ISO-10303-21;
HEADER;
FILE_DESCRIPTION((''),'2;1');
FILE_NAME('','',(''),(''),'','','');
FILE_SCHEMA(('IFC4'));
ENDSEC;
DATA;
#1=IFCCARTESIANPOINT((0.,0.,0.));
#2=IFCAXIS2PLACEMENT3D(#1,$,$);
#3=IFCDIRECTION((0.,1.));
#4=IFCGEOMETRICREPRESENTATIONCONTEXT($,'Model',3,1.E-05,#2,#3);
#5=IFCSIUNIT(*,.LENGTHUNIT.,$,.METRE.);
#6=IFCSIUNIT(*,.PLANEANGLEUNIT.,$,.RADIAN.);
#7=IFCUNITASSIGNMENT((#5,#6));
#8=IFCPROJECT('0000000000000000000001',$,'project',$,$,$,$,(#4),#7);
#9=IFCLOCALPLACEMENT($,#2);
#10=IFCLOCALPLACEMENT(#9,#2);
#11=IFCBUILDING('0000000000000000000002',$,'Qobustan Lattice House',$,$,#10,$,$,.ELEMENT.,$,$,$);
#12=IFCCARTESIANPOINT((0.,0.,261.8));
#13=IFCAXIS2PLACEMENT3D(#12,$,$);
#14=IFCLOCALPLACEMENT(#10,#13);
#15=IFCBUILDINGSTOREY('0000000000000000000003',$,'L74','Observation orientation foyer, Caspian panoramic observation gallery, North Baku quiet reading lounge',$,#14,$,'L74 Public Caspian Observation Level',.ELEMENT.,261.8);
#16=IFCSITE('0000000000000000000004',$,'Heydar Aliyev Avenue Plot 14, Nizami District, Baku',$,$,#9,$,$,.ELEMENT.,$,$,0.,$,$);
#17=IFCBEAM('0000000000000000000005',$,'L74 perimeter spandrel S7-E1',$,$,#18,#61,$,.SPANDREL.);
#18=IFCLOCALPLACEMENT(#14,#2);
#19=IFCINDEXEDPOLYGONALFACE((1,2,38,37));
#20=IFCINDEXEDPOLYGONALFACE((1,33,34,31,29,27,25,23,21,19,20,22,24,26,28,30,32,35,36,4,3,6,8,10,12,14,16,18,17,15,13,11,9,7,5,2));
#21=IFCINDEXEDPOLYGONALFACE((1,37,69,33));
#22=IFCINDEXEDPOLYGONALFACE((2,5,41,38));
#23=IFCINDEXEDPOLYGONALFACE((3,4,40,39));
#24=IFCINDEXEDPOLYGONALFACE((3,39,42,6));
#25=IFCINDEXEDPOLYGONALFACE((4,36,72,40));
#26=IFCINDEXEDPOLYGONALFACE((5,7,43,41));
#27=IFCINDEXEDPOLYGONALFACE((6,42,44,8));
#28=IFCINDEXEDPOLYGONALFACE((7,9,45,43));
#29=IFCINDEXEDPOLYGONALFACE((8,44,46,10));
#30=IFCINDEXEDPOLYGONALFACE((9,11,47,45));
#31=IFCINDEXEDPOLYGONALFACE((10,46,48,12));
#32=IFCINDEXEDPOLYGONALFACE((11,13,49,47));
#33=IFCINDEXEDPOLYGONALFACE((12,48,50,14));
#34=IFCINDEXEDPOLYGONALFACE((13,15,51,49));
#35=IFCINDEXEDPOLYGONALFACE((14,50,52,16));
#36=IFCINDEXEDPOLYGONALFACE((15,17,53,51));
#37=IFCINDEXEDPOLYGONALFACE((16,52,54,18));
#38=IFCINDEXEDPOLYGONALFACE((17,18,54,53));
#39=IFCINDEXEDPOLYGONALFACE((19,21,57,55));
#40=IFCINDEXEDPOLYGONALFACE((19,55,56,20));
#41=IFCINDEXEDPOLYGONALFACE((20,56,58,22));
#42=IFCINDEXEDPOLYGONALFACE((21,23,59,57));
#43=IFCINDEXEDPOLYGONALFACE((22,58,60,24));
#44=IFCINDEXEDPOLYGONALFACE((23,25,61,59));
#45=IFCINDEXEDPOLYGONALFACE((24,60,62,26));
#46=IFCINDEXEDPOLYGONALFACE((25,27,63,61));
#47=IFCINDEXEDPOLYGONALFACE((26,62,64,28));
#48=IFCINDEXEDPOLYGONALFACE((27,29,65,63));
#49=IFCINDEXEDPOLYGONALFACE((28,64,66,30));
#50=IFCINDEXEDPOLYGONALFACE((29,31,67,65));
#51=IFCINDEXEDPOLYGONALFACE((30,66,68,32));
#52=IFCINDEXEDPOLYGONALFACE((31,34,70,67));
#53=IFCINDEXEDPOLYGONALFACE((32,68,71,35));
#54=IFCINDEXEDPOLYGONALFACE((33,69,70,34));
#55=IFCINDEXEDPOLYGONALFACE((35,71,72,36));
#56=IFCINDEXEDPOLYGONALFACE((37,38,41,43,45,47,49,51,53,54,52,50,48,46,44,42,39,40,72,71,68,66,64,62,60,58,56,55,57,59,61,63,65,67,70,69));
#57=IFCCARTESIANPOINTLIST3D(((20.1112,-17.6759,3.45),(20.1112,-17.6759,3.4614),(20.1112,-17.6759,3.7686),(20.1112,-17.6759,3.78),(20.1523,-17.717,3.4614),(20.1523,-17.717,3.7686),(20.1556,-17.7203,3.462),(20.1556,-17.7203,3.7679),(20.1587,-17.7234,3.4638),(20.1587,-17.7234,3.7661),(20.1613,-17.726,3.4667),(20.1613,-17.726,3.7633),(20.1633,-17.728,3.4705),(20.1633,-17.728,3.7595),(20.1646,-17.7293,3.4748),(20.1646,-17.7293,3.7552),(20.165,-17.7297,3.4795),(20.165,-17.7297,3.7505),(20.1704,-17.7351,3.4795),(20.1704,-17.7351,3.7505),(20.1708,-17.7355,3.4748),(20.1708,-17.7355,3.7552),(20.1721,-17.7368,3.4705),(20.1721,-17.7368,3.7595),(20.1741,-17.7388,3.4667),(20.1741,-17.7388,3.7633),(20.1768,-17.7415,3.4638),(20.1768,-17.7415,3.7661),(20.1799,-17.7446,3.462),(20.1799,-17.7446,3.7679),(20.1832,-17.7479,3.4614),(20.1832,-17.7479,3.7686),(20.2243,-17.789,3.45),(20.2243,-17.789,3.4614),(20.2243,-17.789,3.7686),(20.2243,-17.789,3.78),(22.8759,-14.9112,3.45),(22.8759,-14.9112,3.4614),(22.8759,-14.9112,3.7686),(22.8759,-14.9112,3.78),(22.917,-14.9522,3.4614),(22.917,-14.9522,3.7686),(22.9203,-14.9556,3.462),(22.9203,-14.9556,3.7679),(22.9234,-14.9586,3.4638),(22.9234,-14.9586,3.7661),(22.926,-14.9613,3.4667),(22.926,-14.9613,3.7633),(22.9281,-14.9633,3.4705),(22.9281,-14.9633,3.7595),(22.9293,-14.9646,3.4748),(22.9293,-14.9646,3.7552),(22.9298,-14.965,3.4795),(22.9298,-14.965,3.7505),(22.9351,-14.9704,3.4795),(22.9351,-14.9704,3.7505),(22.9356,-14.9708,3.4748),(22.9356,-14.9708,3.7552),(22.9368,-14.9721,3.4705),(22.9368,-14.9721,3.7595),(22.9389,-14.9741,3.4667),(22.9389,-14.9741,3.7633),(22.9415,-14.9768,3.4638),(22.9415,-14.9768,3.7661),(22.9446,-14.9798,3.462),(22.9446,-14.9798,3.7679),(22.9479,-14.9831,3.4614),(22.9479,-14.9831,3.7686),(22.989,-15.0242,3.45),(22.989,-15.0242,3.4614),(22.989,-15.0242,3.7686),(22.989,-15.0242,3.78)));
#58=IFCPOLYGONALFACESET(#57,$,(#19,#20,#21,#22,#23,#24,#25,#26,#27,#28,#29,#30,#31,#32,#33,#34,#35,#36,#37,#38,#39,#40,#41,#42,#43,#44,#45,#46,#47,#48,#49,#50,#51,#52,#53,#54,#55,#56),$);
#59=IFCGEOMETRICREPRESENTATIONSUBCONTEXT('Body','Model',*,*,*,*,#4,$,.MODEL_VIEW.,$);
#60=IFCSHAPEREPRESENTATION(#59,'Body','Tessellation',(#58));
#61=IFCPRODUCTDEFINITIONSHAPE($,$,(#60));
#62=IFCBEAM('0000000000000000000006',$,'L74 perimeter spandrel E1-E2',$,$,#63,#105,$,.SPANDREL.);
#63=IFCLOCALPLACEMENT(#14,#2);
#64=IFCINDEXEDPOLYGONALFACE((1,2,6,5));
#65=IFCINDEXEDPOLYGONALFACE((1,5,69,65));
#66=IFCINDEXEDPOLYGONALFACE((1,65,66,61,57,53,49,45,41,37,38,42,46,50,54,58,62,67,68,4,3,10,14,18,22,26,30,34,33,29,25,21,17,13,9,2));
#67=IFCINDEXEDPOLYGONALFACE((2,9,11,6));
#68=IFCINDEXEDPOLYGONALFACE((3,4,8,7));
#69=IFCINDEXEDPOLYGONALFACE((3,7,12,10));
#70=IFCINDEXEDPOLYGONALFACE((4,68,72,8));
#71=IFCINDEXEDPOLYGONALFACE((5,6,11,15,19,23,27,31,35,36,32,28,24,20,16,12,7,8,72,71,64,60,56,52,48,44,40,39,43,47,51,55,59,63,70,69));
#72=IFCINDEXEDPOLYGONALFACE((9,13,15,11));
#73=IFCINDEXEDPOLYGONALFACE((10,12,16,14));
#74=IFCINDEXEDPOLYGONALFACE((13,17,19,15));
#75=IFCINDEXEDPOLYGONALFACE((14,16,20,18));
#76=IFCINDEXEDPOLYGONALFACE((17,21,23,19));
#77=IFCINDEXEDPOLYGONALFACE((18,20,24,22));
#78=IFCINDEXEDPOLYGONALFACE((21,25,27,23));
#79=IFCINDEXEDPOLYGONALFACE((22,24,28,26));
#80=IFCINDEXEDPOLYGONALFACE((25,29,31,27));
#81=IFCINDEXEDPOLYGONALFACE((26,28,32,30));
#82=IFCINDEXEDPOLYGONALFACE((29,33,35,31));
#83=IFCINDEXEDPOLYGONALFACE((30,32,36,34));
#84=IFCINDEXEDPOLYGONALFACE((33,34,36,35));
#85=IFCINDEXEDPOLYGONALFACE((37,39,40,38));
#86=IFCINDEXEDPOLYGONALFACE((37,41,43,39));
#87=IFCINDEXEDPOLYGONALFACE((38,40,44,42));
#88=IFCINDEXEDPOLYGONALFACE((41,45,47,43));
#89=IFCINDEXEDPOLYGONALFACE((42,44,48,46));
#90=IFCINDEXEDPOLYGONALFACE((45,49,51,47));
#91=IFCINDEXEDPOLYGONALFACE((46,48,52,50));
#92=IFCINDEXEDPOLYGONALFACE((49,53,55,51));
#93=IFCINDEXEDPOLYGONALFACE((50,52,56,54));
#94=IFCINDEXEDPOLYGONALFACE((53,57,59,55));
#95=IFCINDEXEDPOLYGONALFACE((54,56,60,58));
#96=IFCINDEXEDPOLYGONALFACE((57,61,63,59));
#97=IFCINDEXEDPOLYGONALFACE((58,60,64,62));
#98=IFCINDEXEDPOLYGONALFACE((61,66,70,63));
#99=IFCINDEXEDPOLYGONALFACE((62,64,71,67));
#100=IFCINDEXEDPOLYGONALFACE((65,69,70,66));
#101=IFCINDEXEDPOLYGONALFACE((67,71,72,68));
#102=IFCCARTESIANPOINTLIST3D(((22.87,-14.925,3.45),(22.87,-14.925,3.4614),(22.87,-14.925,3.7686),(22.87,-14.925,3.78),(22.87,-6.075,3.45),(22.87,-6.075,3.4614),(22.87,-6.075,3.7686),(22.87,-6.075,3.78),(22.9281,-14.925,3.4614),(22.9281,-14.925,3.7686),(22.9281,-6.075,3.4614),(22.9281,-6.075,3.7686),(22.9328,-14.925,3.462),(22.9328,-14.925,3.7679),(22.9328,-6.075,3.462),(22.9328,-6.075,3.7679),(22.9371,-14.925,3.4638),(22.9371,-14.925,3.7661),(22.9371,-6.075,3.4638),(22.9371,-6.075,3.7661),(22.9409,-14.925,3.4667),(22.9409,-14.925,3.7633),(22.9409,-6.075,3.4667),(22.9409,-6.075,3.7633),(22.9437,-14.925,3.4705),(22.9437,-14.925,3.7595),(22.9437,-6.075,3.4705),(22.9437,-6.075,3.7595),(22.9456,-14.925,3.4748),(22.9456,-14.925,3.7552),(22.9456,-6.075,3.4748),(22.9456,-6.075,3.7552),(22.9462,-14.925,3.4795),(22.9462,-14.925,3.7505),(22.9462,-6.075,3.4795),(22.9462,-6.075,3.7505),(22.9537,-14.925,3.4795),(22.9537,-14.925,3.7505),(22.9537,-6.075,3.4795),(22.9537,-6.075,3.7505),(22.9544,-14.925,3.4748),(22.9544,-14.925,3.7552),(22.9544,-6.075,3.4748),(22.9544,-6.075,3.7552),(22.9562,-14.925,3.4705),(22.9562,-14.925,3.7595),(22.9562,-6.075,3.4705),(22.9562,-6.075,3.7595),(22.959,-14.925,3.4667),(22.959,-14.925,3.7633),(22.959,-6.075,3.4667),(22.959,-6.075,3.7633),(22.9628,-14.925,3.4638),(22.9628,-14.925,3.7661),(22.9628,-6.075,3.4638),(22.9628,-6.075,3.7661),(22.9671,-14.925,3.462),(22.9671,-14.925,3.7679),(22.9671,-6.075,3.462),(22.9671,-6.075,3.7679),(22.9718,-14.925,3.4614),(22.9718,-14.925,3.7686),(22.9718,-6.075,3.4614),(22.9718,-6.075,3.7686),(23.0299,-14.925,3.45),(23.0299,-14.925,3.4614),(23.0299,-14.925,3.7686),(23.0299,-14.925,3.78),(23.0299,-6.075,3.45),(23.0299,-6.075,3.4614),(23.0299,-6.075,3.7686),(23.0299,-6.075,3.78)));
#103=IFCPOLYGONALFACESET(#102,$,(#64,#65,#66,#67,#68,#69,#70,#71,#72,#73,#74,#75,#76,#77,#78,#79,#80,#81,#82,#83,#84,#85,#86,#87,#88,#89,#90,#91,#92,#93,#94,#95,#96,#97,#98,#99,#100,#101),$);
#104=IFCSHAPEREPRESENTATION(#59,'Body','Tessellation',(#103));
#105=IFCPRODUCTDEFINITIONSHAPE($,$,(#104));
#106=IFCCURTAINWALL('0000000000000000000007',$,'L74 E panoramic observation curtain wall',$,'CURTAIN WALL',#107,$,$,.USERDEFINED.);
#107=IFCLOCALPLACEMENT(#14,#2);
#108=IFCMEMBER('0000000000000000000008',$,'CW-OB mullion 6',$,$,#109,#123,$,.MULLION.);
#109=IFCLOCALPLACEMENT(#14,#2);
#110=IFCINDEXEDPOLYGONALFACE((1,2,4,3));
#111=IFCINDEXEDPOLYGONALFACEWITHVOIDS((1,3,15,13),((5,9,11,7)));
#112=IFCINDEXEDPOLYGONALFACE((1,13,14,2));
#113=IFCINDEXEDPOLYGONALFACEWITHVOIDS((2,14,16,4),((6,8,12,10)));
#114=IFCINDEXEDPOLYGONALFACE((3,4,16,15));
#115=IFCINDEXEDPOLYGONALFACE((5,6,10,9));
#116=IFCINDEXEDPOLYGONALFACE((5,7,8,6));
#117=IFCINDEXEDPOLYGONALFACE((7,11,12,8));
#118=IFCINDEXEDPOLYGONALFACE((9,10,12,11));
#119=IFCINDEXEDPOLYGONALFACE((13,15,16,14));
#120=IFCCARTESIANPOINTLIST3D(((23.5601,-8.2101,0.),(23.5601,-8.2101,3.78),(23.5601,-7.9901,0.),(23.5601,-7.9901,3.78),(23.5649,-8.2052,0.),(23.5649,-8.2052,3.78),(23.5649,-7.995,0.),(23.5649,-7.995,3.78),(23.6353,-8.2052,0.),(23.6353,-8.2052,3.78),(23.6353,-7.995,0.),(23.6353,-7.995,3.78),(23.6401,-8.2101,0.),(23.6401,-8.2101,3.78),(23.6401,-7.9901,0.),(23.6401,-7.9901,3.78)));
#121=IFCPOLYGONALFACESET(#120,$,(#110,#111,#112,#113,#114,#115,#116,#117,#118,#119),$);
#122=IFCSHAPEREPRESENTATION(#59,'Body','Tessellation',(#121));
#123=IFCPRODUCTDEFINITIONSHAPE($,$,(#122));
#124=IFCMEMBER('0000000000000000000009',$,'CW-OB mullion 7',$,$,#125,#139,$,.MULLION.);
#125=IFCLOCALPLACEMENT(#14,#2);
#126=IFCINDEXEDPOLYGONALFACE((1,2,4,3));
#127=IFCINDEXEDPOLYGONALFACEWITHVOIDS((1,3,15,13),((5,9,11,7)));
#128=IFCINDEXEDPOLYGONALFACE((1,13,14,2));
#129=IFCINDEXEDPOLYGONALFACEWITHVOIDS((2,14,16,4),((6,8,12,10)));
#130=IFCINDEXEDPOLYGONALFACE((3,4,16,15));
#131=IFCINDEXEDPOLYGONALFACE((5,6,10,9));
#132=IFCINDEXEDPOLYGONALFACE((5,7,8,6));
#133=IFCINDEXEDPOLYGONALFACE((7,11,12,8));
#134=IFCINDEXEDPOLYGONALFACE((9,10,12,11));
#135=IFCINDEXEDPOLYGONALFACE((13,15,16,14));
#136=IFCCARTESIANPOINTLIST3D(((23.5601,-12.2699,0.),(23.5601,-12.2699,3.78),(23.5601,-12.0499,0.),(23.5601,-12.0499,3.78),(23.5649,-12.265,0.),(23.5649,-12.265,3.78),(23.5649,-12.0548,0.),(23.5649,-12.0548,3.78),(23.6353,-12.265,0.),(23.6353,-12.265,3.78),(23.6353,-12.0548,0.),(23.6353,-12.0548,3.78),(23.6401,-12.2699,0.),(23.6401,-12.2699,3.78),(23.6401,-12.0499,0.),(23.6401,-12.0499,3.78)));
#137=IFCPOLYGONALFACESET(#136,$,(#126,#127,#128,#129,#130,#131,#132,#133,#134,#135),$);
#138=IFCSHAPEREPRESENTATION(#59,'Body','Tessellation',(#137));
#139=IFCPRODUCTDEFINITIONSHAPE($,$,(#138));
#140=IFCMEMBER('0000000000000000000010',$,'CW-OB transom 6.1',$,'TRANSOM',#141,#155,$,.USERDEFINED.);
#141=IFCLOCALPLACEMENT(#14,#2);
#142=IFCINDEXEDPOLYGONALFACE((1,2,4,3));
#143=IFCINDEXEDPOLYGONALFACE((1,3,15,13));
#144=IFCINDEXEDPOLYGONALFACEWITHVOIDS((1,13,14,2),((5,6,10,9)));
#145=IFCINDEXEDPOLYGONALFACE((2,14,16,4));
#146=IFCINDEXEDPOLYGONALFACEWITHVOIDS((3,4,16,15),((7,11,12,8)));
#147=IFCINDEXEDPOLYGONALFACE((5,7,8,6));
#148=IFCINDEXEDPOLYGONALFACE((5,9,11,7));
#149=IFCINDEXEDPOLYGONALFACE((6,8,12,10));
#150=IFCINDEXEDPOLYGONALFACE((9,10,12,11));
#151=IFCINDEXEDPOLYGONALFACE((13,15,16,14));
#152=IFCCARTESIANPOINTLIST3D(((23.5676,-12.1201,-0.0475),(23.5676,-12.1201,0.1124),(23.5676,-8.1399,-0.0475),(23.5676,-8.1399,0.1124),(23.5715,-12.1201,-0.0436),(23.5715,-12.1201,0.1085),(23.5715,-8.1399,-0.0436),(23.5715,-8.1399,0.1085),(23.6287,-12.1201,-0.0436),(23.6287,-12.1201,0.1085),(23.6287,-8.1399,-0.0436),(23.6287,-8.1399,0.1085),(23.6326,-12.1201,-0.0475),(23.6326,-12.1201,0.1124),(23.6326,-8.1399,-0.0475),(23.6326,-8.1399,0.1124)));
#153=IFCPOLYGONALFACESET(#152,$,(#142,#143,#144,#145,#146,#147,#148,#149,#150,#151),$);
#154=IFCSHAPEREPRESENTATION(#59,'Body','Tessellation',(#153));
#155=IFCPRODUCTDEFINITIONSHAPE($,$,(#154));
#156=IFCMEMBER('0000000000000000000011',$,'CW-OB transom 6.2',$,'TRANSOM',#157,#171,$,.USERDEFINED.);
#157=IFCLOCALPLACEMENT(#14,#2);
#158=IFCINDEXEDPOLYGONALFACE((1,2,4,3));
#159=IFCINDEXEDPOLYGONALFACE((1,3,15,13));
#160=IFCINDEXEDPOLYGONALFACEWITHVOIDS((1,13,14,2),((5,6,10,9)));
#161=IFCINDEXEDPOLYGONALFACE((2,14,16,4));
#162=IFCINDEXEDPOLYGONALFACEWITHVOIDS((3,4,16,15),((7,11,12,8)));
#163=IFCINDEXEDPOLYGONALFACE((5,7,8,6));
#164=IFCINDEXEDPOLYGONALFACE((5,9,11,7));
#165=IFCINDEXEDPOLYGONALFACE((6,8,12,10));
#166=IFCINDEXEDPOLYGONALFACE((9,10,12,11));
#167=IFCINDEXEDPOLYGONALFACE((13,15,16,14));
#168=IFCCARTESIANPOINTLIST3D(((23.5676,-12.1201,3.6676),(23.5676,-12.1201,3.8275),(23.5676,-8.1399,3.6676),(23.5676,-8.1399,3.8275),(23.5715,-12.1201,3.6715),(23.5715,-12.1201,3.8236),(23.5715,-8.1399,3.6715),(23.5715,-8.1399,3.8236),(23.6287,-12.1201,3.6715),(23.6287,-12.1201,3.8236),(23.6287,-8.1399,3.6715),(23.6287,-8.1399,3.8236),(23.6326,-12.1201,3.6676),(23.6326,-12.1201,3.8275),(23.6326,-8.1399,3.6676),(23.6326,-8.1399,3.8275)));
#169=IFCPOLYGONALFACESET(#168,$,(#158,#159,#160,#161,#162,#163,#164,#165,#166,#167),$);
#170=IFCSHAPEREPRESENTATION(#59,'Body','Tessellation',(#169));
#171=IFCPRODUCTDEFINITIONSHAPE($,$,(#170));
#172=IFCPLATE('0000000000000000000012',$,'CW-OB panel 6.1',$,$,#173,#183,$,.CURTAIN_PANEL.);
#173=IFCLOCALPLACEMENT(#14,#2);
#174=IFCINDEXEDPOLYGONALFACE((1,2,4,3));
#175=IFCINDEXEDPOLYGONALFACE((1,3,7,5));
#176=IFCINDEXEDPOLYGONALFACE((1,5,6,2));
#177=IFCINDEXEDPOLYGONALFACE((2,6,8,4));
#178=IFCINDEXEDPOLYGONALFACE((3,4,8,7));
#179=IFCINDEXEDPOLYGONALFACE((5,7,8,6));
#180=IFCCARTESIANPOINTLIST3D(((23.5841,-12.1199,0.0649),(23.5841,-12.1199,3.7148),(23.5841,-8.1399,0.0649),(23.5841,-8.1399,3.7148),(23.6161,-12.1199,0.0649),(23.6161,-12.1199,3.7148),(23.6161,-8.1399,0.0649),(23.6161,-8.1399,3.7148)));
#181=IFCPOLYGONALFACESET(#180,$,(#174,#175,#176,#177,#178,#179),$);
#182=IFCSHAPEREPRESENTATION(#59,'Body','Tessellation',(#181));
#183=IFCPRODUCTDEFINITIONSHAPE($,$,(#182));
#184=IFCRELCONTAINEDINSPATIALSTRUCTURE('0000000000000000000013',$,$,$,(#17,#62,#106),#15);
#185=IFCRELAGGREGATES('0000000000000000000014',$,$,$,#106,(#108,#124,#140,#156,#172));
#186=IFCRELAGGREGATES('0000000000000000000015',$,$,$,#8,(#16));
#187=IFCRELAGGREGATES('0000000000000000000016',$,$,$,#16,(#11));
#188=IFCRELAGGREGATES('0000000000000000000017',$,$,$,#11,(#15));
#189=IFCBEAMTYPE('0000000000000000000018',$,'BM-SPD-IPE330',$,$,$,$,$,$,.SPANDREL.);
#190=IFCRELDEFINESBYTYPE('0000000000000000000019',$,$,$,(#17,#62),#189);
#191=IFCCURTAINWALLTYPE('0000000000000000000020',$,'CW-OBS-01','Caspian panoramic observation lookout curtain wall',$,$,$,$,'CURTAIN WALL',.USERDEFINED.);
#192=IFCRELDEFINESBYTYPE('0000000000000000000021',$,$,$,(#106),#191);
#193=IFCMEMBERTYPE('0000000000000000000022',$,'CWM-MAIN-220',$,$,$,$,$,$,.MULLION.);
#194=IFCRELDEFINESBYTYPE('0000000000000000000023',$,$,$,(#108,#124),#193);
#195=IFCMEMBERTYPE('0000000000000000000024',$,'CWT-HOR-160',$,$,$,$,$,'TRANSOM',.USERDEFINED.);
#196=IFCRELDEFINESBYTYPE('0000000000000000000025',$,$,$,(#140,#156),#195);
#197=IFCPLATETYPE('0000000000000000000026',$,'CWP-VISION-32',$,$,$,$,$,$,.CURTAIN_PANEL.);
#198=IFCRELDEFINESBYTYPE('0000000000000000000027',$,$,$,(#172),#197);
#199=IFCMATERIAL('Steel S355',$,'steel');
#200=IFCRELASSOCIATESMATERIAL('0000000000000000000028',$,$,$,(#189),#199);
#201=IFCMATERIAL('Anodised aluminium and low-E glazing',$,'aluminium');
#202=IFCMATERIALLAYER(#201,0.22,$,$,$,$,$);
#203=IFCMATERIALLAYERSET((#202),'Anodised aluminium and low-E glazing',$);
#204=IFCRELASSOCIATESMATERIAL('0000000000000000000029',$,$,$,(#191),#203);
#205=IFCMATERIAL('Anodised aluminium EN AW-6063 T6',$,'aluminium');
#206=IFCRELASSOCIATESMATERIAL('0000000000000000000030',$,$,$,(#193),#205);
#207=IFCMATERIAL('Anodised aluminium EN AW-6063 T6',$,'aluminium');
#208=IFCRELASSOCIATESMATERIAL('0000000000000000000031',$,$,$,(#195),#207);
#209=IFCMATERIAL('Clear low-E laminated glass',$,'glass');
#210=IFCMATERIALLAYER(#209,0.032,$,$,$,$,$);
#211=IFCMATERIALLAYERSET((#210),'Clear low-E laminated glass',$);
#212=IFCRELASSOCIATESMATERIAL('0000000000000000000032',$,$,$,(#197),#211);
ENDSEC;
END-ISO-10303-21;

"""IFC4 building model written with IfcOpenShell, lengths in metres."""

from ifc_helpers import new_model, si_unit, direction, frame, origin, origin_2d, place, context, subcontext, project, spatial, rectangle, hollow_rectangle, i_section, extrude, material, layer, layer_set, material_profile, profile_set, type_object, element, aggregate, save


model = new_model("IFC4")

# Units and contexts
model_context = context("Model", 3, precision=1e-05, world=origin(), true_north=direction((0.0, 1.0)))
body_context = subcontext(model_context, "Body", "Model", "MODEL_VIEW")
ifc_project = project(units=[si_unit("LENGTHUNIT", "METRE"), si_unit("PLANEANGLEUNIT", "RADIAN")], contexts=[model_context])

# Site, building, storey
site_placement = place(None, origin())
site = spatial("IfcSite", under=ifc_project, at=site_placement, Name="Heydar Aliyev Avenue Plot 14, Nizami District, Baku", CompositionType="ELEMENT", RefElevation=0.0)
building_placement = place(site_placement, origin())
building = spatial("IfcBuilding", under=site, at=building_placement, Name="Qobustan Lattice House", CompositionType="ELEMENT")
storey_placement = place(building_placement, frame((0.0, 0.0, 261.8)))
storey = spatial("IfcBuildingStorey", under=building, at=storey_placement, Name="L74", Description="Observation orientation foyer, Caspian panoramic observation gallery, North Baku quiet reading lounge", LongName="L74 Public Caspian Observation Level", CompositionType="ELEMENT", Elevation=261.8)

# Beams
ifc_material_1 = material(Name="Steel S355", Category="steel")
ifc_material_profile_1 = material_profile(ifc_material_1, i_section(OverallWidth=0.1599, OverallDepth=0.3301, WebThickness=0.0076, FlangeThickness=0.0115, FilletRadius=0.0181, at=origin_2d()), Name="IPE330")
ifc_profile_set_1 = profile_set([ifc_material_profile_1], Name="Steel S355")
beam_type_1 = type_object("IfcBeamType", Name="BM-SPD-IPE330", PredefinedType="SPANDREL", material=ifc_profile_set_1)
beam_1_placement = place(storey_placement, frame((20.1677, -17.7324, 3.615), z_axis=(0.707107, 0.707107, 0.0), x_axis=(-0.707107, 0.707107, 0.0)))
element("IfcBeam", 1, at=beam_1_placement, inside=storey, type_object=beam_type_1, Name="L74 perimeter spandrel S7-E1", PredefinedType="SPANDREL", context=body_context, shape_type="SweptSolid", body=[
    extrude(i_section(OverallWidth=0.1599, OverallDepth=0.3301, WebThickness=0.0076, FlangeThickness=0.0115, FilletRadius=0.0181, at=origin_2d()), origin(), (0.0, 0.0, 1.0), 3.9099),
])
beam_2_placement = place(storey_placement, frame((22.95, -14.925, 3.615), z_axis=(0.0, 1.0, 0.0), x_axis=(-1.0, 0.0, 0.0)))
element("IfcBeam", 2, at=beam_2_placement, inside=storey, type_object=beam_type_1, Name="L74 perimeter spandrel E1-E2", PredefinedType="SPANDREL", context=body_context, shape_type="SweptSolid", body=[
    extrude(i_section(OverallWidth=0.1599, OverallDepth=0.3301, WebThickness=0.0076, FlangeThickness=0.0115, FilletRadius=0.0181, at=origin_2d()), origin(), (0.0, 0.0, 1.0), 8.8501),
])

# Curtain wall, members, plate
ifc_material_2 = material(Name="Anodised aluminium and low-E glazing", Category="aluminium")
ifc_layer_1 = layer(ifc_material_2, 0.22)
ifc_layer_set_1 = layer_set([ifc_layer_1], Name="Anodised aluminium and low-E glazing")
curtain_wall_type = type_object("IfcCurtainWallType", Name="CW-OBS-01", Description="Caspian panoramic observation lookout curtain wall", ElementType="CURTAIN WALL", PredefinedType="USERDEFINED", material=ifc_layer_set_1)
curtain_wall_placement = place(storey_placement, origin())
curtain_wall = element("IfcCurtainWall", 3, at=curtain_wall_placement, inside=storey, type_object=curtain_wall_type, Name="L74 E panoramic observation curtain wall", ObjectType="CURTAIN WALL", PredefinedType="USERDEFINED")
ifc_material_3 = material(Name="Anodised aluminium EN AW-6063 T6", Category="aluminium")
ifc_material_profile_2 = material_profile(ifc_material_3, hollow_rectangle(XDim=0.0801, YDim=0.22, WallThickness=0.0049, at=origin_2d()), Name="CWM-220x80")
ifc_profile_set_2 = profile_set([ifc_material_profile_2], Name="Anodised aluminium EN AW-6063 T6")
member_type_1 = type_object("IfcMemberType", Name="CWM-MAIN-220", PredefinedType="MULLION", material=ifc_profile_set_2)
member_1_placement = place(storey_placement, frame((23.6001, -8.1001, 0.0), z_axis=(0.0, 0.0, 1.0), x_axis=(1.0, 0.0, 0.0)))
member_1 = element("IfcMember", 4, at=member_1_placement, type_object=member_type_1, Name="CW-OB mullion 6", PredefinedType="MULLION", context=body_context, shape_type="SweptSolid", body=[
    extrude(hollow_rectangle(XDim=0.0801, YDim=0.22, WallThickness=0.0049, at=origin_2d()), origin(), (0.0, 0.0, 1.0), 3.78),
])
member_2_placement = place(storey_placement, frame((23.6001, -12.1599, 0.0), z_axis=(0.0, 0.0, 1.0), x_axis=(1.0, 0.0, 0.0)))
member_2 = element("IfcMember", 5, at=member_2_placement, type_object=member_type_1, Name="CW-OB mullion 7", PredefinedType="MULLION", context=body_context, shape_type="SweptSolid", body=[
    extrude(hollow_rectangle(XDim=0.0801, YDim=0.22, WallThickness=0.0049, at=origin_2d()), origin(), (0.0, 0.0, 1.0), 3.78),
])
ifc_material_4 = material(Name="Anodised aluminium EN AW-6063 T6", Category="aluminium")
ifc_material_profile_3 = material_profile(ifc_material_4, hollow_rectangle(XDim=0.0649, YDim=0.1599, WallThickness=0.0039, at=origin_2d()), Name="CWT-160x65")
ifc_profile_set_3 = profile_set([ifc_material_profile_3], Name="Anodised aluminium EN AW-6063 T6")
member_type_2 = type_object("IfcMemberType", Name="CWT-HOR-160", ElementType="TRANSOM", PredefinedType="USERDEFINED", material=ifc_profile_set_3)
member_3_placement = place(storey_placement, frame((23.6001, -8.1399, 0.0325), z_axis=(0.0, -1.0, 0.0), x_axis=(1.0, 0.0, 0.0)))
member_3 = element("IfcMember", 6, at=member_3_placement, type_object=member_type_2, Name="CW-OB transom 6.1", ObjectType="TRANSOM", PredefinedType="USERDEFINED", context=body_context, shape_type="SweptSolid", body=[
    extrude(hollow_rectangle(XDim=0.0649, YDim=0.1599, WallThickness=0.0039, at=origin_2d()), origin(), (0.0, 0.0, 1.0), 3.9802),
])
member_4_placement = place(storey_placement, frame((23.6001, -8.1399, 3.7476), z_axis=(0.0, -1.0, 0.0), x_axis=(1.0, 0.0, 0.0)))
member_4 = element("IfcMember", 7, at=member_4_placement, type_object=member_type_2, Name="CW-OB transom 6.2", ObjectType="TRANSOM", PredefinedType="USERDEFINED", context=body_context, shape_type="SweptSolid", body=[
    extrude(hollow_rectangle(XDim=0.0649, YDim=0.1599, WallThickness=0.0039, at=origin_2d()), origin(), (0.0, 0.0, 1.0), 3.9802),
])
ifc_material_5 = material(Name="Clear low-E laminated glass", Category="glass")
ifc_layer_2 = layer(ifc_material_5, 0.032)
ifc_layer_set_2 = layer_set([ifc_layer_2], Name="Clear low-E laminated glass")
plate_type = type_object("IfcPlateType", Name="CWP-VISION-32", PredefinedType="CURTAIN_PANEL", material=ifc_layer_set_2)
plate_placement = place(storey_placement, frame((23.6001, -10.1299, 0.0649), z_axis=(0.0, 0.0, 1.0), x_axis=(0.0, -1.0, 0.0)))
plate = element("IfcPlate", 8, at=plate_placement, type_object=plate_type, Name="CW-OB panel 6.1", PredefinedType="CURTAIN_PANEL", context=body_context, shape_type="SweptSolid", body=[
    extrude(rectangle(XDim=3.98, YDim=0.032, at=origin_2d()), origin(), (0.0, 0.0, 1.0), 3.6499),
])
aggregate(curtain_wall, [member_1, member_2, member_3, member_4, plate])

save(model, "model.ifc")
